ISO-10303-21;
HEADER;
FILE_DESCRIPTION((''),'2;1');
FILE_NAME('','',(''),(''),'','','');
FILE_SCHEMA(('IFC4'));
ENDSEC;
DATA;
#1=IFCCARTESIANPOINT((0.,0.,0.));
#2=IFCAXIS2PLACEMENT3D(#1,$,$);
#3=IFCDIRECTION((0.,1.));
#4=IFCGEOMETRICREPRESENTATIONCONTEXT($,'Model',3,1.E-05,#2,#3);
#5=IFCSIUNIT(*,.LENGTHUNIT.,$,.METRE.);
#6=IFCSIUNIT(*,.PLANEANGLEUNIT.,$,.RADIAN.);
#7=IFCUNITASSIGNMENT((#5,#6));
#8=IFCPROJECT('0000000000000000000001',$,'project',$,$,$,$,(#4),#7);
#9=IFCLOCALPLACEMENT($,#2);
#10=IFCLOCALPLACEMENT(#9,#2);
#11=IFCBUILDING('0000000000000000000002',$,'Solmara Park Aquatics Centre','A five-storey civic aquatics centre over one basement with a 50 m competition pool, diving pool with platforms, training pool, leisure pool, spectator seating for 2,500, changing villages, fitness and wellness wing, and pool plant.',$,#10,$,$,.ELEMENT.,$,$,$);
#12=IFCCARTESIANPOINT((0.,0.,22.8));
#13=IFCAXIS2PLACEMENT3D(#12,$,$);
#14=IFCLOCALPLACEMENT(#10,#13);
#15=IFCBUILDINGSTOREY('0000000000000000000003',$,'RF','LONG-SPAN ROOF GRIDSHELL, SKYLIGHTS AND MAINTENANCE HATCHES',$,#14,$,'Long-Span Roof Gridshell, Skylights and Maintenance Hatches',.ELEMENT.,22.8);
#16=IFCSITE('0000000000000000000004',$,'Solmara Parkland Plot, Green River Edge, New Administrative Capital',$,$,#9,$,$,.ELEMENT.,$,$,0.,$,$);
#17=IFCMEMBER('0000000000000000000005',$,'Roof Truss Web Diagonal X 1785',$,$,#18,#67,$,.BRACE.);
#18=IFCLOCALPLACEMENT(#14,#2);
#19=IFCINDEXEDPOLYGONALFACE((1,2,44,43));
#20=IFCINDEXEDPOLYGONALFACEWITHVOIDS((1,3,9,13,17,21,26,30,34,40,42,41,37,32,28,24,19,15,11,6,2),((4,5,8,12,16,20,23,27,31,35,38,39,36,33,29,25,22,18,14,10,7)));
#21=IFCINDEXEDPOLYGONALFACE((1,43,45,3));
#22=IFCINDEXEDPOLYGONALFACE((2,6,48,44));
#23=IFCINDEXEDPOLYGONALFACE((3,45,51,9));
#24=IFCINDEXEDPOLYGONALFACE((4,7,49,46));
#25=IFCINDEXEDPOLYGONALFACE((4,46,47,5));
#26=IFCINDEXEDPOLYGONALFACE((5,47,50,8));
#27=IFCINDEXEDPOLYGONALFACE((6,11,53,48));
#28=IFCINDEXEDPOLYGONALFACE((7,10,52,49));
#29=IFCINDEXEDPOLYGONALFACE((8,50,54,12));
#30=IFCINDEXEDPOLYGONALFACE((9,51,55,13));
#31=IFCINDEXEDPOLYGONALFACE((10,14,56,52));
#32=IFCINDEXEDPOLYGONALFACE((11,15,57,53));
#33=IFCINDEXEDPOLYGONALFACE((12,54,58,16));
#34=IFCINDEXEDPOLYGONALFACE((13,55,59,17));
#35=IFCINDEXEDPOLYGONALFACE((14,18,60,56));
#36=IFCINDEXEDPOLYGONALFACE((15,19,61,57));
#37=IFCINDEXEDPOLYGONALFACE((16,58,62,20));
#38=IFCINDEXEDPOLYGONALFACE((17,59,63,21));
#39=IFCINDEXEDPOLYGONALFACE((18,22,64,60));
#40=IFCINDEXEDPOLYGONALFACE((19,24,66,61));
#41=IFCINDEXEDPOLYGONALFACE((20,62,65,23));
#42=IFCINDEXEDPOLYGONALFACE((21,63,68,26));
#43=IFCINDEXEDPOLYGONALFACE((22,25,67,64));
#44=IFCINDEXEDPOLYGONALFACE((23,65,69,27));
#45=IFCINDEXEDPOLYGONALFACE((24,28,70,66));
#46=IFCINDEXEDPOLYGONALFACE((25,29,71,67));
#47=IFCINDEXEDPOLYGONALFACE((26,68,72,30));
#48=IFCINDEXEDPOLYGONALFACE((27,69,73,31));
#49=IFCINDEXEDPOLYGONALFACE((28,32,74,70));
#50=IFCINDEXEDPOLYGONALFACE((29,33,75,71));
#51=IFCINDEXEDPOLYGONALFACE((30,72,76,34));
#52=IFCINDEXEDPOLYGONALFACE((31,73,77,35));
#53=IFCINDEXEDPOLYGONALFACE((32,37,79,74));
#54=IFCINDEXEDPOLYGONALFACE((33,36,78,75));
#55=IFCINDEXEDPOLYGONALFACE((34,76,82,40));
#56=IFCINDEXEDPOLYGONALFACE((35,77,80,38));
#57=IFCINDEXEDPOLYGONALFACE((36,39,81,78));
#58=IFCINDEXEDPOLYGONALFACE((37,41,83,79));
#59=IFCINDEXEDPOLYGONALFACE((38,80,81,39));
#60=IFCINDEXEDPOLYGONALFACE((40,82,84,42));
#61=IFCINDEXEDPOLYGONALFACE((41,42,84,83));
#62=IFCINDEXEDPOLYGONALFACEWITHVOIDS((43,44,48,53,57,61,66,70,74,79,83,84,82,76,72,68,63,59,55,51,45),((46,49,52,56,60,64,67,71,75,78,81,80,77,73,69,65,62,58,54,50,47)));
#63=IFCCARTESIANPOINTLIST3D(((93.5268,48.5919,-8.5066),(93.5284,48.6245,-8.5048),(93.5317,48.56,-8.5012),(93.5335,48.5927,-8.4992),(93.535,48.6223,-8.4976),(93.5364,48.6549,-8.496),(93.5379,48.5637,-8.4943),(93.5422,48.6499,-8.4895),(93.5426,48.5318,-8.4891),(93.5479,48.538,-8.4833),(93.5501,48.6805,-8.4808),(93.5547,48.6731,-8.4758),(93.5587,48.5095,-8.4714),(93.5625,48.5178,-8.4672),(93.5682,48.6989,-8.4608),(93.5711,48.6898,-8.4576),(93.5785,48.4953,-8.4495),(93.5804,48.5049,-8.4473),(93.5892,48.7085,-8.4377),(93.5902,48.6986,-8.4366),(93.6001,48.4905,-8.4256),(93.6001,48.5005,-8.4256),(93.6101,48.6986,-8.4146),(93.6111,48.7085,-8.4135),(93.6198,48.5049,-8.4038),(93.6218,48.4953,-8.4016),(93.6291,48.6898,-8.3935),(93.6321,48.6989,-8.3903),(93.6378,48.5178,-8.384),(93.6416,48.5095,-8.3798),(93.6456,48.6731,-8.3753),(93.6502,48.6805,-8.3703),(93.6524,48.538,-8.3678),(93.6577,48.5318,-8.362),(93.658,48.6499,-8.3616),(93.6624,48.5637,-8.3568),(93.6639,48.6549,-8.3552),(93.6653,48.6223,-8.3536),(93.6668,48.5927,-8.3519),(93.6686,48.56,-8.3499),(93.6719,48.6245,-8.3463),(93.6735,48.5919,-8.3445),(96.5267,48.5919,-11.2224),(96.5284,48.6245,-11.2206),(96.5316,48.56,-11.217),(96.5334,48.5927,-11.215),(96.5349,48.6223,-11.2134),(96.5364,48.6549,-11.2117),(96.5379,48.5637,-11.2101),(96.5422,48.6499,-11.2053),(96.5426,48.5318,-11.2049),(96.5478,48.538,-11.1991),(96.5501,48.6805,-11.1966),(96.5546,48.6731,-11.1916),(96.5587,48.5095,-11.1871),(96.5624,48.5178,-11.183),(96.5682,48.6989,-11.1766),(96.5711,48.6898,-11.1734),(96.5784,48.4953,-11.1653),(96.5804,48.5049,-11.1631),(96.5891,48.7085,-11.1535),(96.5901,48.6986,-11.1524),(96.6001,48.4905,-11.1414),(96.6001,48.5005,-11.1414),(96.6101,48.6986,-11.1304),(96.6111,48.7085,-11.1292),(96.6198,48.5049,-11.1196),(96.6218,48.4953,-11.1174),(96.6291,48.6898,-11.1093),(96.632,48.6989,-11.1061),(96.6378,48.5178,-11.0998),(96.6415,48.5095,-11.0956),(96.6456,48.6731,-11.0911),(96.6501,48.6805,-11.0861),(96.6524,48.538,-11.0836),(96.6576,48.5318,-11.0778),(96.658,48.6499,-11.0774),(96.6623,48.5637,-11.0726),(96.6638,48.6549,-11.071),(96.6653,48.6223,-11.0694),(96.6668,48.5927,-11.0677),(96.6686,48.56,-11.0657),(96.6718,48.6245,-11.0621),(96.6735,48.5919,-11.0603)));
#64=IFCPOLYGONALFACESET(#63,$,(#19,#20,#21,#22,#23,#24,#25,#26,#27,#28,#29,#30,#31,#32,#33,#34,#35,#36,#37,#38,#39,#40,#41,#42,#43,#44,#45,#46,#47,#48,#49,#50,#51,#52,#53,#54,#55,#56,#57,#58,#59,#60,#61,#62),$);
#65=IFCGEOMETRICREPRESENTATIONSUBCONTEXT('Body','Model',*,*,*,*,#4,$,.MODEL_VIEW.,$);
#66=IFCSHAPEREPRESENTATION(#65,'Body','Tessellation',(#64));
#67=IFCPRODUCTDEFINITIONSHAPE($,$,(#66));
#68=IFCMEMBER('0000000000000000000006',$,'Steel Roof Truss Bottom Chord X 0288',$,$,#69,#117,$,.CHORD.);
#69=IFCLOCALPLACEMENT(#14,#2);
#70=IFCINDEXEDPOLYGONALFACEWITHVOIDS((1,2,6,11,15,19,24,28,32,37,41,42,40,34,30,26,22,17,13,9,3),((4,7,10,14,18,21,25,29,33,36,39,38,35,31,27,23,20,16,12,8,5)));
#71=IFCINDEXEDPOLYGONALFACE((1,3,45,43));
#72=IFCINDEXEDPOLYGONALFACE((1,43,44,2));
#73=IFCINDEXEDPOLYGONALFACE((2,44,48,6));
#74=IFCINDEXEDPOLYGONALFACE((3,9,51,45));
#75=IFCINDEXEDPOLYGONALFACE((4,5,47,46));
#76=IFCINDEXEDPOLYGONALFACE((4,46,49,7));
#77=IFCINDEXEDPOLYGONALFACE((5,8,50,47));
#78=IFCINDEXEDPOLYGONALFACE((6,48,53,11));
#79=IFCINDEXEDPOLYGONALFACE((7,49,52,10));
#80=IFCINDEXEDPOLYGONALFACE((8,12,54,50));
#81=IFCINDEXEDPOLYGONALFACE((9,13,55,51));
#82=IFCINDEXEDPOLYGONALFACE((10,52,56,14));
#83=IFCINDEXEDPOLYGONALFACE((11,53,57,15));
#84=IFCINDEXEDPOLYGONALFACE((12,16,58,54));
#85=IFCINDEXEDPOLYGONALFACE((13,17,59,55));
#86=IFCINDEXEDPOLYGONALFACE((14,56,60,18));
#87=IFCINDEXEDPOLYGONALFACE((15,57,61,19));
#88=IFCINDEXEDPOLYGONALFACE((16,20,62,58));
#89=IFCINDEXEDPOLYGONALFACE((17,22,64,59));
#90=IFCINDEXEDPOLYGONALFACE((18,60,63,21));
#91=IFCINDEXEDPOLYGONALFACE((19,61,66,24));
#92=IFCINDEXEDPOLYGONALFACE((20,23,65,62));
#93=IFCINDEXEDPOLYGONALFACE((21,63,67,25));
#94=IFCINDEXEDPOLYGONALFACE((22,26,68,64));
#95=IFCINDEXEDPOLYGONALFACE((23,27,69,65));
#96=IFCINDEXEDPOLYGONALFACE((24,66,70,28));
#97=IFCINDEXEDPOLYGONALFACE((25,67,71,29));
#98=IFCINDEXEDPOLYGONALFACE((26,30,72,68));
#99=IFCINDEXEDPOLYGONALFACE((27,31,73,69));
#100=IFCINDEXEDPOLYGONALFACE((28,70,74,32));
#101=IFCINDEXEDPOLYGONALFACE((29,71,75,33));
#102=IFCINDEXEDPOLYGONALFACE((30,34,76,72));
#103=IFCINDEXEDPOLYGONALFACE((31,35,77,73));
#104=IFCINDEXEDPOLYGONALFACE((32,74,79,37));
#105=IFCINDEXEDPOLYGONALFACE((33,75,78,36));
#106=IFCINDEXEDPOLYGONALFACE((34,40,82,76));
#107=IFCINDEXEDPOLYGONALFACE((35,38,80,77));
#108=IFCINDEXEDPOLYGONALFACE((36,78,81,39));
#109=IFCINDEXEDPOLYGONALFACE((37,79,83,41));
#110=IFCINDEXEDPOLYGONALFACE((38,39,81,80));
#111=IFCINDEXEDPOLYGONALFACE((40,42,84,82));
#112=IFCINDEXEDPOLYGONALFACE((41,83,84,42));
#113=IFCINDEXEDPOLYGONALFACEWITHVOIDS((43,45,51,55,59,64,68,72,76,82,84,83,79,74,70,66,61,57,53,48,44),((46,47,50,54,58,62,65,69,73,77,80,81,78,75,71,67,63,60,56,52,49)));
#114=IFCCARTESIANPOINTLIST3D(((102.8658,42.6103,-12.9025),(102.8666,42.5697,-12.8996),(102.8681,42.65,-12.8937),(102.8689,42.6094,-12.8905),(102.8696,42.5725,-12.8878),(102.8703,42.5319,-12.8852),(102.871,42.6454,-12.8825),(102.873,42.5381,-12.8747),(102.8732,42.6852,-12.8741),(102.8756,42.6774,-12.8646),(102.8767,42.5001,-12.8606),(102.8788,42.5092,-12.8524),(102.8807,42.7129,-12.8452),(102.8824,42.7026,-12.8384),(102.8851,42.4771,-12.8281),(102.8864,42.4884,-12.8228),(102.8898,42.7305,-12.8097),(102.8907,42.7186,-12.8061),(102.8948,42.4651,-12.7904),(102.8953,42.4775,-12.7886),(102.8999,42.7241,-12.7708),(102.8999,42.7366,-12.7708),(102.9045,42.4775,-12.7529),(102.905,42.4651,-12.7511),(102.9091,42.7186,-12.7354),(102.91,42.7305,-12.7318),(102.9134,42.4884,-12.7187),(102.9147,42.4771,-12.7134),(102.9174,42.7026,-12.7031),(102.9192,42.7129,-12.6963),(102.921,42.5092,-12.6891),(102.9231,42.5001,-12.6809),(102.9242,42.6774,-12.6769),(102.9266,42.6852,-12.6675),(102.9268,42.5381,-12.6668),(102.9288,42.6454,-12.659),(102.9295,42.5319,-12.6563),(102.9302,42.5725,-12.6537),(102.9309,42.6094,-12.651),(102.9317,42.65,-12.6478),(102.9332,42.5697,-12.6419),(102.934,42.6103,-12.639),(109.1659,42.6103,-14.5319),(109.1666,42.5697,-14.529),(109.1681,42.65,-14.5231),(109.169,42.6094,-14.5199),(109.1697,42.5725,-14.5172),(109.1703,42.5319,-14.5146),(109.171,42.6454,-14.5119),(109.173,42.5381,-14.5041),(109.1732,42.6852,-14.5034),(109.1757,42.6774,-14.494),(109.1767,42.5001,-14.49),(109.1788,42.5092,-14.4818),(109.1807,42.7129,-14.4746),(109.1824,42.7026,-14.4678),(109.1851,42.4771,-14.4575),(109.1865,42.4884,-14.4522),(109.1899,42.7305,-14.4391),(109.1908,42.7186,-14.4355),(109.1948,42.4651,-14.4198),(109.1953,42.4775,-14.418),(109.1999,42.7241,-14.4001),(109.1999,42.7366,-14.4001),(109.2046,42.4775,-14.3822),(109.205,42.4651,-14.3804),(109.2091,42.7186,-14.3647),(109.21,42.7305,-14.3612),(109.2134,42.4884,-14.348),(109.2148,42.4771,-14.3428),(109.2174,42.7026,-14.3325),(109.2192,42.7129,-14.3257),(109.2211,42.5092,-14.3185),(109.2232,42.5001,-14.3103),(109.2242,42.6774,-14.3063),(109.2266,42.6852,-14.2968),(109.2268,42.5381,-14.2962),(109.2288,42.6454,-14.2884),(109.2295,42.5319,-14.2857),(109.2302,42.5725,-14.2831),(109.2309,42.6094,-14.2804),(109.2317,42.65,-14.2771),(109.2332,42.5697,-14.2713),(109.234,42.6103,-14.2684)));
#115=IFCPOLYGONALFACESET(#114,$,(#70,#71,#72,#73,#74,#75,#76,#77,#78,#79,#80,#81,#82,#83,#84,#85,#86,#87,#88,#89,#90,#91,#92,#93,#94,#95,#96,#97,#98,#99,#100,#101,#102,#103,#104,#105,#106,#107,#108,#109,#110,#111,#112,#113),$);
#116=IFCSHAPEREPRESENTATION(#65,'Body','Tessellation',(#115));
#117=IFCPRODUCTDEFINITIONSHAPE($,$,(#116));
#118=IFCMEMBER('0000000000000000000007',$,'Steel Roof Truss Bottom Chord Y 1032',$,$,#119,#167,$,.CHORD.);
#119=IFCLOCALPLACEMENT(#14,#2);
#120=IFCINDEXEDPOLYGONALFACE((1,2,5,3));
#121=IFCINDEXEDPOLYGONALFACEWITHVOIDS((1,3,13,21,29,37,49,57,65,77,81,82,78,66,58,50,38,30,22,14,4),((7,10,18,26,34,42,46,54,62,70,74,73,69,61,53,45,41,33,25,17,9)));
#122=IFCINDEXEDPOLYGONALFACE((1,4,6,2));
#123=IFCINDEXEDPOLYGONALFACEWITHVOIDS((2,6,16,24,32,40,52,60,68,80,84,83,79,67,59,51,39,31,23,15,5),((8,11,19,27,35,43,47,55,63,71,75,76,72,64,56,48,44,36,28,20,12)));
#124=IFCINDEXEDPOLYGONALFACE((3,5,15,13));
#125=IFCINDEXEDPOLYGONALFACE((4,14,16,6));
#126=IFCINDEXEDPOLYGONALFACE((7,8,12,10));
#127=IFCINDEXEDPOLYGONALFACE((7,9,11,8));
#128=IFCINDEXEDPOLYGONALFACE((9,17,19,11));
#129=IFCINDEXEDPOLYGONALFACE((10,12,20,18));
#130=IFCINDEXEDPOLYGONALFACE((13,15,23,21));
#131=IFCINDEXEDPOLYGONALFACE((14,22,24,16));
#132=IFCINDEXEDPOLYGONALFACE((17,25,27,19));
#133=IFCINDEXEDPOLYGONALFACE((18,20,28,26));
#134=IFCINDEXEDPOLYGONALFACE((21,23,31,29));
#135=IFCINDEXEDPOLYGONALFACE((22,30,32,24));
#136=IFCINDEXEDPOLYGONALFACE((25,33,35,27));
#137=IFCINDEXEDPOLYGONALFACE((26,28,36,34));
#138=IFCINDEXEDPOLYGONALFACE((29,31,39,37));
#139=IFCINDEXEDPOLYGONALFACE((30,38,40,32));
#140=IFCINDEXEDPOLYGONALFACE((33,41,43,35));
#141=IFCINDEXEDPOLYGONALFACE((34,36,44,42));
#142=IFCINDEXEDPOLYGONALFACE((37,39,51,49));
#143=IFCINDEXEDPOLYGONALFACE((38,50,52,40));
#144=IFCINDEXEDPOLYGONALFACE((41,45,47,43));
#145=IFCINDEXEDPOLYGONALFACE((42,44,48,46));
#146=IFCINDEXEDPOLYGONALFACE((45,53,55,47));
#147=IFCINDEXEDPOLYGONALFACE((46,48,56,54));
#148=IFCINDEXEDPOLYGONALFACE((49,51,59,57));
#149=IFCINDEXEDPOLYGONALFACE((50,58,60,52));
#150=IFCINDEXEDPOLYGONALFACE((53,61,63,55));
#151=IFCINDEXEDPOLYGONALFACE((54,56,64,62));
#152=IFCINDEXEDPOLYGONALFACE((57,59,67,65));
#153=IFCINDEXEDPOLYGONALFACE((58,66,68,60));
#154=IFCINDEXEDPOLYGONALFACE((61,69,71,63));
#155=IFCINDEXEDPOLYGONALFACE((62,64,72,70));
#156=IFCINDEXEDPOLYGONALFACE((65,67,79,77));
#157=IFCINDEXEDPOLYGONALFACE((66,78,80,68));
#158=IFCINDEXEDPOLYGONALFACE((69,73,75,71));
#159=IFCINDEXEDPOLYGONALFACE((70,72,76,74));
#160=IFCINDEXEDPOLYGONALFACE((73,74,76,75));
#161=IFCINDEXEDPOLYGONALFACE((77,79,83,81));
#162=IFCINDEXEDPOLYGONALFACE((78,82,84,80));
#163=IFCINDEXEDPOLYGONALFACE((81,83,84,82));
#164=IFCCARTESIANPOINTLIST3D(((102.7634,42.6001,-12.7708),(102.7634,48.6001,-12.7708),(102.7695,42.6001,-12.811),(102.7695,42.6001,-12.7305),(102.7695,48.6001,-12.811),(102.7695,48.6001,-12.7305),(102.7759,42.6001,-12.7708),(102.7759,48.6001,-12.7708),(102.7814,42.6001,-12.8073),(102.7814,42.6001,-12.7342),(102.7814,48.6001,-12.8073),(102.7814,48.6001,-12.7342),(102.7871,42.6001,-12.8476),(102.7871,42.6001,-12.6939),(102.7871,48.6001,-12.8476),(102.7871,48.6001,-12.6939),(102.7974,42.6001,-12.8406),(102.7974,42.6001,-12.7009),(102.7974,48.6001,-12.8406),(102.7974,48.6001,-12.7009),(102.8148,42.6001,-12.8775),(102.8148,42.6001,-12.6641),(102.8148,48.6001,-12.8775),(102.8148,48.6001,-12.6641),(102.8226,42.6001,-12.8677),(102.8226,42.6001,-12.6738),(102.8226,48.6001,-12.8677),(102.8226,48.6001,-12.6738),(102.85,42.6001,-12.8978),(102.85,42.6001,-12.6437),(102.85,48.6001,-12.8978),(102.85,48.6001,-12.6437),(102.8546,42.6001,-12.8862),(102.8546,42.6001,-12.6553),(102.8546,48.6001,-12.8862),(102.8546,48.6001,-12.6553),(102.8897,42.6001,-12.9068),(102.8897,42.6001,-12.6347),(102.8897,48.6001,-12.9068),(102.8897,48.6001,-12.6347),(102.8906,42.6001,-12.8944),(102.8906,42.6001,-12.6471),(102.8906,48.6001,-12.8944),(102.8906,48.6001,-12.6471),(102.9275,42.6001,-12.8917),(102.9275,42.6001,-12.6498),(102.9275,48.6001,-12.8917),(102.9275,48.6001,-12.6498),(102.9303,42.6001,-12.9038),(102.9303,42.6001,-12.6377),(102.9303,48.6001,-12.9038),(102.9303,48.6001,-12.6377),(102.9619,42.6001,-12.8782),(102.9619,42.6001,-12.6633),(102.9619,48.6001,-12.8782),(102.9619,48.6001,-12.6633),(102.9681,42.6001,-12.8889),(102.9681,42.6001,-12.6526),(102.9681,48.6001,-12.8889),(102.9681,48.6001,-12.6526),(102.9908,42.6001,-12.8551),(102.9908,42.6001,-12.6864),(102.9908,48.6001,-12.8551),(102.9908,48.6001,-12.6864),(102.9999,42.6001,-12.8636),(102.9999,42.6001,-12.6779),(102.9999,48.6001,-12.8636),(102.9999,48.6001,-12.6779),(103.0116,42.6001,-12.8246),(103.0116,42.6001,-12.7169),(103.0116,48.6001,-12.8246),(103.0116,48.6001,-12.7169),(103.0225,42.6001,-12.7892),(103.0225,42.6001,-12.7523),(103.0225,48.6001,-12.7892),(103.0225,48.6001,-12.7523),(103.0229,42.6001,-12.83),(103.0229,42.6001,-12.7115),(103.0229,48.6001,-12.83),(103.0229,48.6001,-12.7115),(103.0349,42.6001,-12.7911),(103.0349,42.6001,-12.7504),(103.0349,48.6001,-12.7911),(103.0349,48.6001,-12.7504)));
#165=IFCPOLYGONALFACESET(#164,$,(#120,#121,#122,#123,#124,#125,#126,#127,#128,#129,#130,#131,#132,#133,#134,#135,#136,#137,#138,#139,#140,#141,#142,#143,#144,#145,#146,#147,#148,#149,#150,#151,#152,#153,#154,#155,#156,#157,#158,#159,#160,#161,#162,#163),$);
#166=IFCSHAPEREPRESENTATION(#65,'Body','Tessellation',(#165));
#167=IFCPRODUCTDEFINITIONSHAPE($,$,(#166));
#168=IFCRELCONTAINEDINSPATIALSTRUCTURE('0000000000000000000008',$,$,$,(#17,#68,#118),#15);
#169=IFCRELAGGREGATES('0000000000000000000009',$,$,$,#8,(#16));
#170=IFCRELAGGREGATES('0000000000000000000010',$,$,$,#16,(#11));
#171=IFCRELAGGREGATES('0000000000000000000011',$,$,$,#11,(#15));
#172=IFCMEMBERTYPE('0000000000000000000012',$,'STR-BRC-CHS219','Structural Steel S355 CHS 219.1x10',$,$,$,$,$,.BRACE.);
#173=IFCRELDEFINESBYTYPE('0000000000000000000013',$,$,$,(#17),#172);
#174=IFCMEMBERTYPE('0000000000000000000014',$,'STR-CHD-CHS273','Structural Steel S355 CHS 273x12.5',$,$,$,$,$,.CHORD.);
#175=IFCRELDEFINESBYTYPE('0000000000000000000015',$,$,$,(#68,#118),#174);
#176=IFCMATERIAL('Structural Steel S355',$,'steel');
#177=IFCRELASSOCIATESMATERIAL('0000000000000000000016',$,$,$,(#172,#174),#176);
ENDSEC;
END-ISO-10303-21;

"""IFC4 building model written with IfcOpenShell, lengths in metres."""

from ifc_helpers import new_model, si_unit, direction, frame, origin, origin_2d, place, context, subcontext, project, spatial, hollow_circle, extrude, material, material_profile, profile_set, type_object, element, save


model = new_model("IFC4")

# Units and contexts
model_context = context("Model", 3, precision=1e-05, world=origin(), true_north=direction((0.0, 1.0)))
body_context = subcontext(model_context, "Body", "Model", "MODEL_VIEW")
ifc_project = project(units=[si_unit("LENGTHUNIT", "METRE"), si_unit("PLANEANGLEUNIT", "RADIAN")], contexts=[model_context])

# Site, building, storey
site_placement = place(None, origin())
site = spatial("IfcSite", under=ifc_project, at=site_placement, Name="Solmara Parkland Plot, Green River Edge, New Administrative Capital", CompositionType="ELEMENT", RefElevation=0.0)
building_placement = place(site_placement, origin())
building = spatial("IfcBuilding", under=site, at=building_placement, Name="Solmara Park Aquatics Centre", Description="A five-storey civic aquatics centre over one basement with a 50 m competition pool, diving pool with platforms, training pool, leisure pool, spectator seating for 2,500, changing villages, fitness and wellness wing, and pool plant.", CompositionType="ELEMENT")
storey_placement = place(building_placement, frame((0.0, 0.0, 22.8)))
storey = spatial("IfcBuildingStorey", under=building, at=storey_placement, Name="RF", Description="LONG-SPAN ROOF GRIDSHELL, SKYLIGHTS AND MAINTENANCE HATCHES", LongName="Long-Span Roof Gridshell, Skylights and Maintenance Hatches", CompositionType="ELEMENT", Elevation=22.8)

# Members
ifc_material_1 = material(Name="Structural Steel S355", Category="steel")
ifc_material_profile_1 = material_profile(ifc_material_1, hollow_circle(Radius=0.1096, WallThickness=0.01, at=origin_2d()), Name="CHS 219.1x10")
ifc_profile_set_1 = profile_set([ifc_material_profile_1], Name="Structural Steel S355")
member_type_1 = type_object("IfcMemberType", Name="STR-BRC-CHS219", Description="Structural Steel S355 CHS 219.1x10", PredefinedType="BRACE", material=ifc_profile_set_1)
member_1_placement = place(storey_placement, frame((96.6001, 48.6001, -11.1414), z_axis=(-0.741347, 0.0, 0.671122), x_axis=(0.0, -1.0, 0.0)))
element("IfcMember", 1, at=member_1_placement, inside=storey, type_object=member_type_1, Name="Roof Truss Web Diagonal X 1785", PredefinedType="BRACE", context=body_context, shape_type="SweptSolid", body=[
    extrude(hollow_circle(Radius=0.1096, WallThickness=0.01, at=origin_2d()), origin(), (0.0, 0.0, 1.0), 4.0466),
])
ifc_material_profile_2 = material_profile(ifc_material_1, hollow_circle(Radius=0.1365, WallThickness=0.0125, at=origin_2d()), Name="CHS 273x12.5")
ifc_profile_set_2 = profile_set([ifc_material_profile_2], Name="Structural Steel S355")
member_type_2 = type_object("IfcMemberType", Name="STR-CHD-CHS273", Description="Structural Steel S355 CHS 273x12.5", PredefinedType="CHORD", material=ifc_profile_set_2)
member_2_placement = place(storey_placement, frame((102.8999, 42.6001, -12.7708), z_axis=(0.968144, 0.0, -0.250393), x_axis=(0.0, 1.0, 0.0)))
element("IfcMember", 2, at=member_2_placement, inside=storey, type_object=member_type_2, Name="Steel Roof Truss Bottom Chord X 0288", PredefinedType="CHORD", context=body_context, shape_type="SweptSolid", body=[
    extrude(hollow_circle(Radius=0.1365, WallThickness=0.0125, at=origin_2d()), origin(), (0.0, 0.0, 1.0), 6.5073),
])
member_3_placement = place(storey_placement, frame((102.8999, 42.6001, -12.7708), z_axis=(0.0, 1.0, 0.0), x_axis=(-1.0, 0.0, 0.0)))
element("IfcMember", 3, at=member_3_placement, inside=storey, type_object=member_type_2, Name="Steel Roof Truss Bottom Chord Y 1032", PredefinedType="CHORD", context=body_context, shape_type="SweptSolid", body=[
    extrude(hollow_circle(Radius=0.1365, WallThickness=0.0125, at=origin_2d()), origin(), (0.0, 0.0, 1.0), 6.0),
])

save(model, "model.ifc")
